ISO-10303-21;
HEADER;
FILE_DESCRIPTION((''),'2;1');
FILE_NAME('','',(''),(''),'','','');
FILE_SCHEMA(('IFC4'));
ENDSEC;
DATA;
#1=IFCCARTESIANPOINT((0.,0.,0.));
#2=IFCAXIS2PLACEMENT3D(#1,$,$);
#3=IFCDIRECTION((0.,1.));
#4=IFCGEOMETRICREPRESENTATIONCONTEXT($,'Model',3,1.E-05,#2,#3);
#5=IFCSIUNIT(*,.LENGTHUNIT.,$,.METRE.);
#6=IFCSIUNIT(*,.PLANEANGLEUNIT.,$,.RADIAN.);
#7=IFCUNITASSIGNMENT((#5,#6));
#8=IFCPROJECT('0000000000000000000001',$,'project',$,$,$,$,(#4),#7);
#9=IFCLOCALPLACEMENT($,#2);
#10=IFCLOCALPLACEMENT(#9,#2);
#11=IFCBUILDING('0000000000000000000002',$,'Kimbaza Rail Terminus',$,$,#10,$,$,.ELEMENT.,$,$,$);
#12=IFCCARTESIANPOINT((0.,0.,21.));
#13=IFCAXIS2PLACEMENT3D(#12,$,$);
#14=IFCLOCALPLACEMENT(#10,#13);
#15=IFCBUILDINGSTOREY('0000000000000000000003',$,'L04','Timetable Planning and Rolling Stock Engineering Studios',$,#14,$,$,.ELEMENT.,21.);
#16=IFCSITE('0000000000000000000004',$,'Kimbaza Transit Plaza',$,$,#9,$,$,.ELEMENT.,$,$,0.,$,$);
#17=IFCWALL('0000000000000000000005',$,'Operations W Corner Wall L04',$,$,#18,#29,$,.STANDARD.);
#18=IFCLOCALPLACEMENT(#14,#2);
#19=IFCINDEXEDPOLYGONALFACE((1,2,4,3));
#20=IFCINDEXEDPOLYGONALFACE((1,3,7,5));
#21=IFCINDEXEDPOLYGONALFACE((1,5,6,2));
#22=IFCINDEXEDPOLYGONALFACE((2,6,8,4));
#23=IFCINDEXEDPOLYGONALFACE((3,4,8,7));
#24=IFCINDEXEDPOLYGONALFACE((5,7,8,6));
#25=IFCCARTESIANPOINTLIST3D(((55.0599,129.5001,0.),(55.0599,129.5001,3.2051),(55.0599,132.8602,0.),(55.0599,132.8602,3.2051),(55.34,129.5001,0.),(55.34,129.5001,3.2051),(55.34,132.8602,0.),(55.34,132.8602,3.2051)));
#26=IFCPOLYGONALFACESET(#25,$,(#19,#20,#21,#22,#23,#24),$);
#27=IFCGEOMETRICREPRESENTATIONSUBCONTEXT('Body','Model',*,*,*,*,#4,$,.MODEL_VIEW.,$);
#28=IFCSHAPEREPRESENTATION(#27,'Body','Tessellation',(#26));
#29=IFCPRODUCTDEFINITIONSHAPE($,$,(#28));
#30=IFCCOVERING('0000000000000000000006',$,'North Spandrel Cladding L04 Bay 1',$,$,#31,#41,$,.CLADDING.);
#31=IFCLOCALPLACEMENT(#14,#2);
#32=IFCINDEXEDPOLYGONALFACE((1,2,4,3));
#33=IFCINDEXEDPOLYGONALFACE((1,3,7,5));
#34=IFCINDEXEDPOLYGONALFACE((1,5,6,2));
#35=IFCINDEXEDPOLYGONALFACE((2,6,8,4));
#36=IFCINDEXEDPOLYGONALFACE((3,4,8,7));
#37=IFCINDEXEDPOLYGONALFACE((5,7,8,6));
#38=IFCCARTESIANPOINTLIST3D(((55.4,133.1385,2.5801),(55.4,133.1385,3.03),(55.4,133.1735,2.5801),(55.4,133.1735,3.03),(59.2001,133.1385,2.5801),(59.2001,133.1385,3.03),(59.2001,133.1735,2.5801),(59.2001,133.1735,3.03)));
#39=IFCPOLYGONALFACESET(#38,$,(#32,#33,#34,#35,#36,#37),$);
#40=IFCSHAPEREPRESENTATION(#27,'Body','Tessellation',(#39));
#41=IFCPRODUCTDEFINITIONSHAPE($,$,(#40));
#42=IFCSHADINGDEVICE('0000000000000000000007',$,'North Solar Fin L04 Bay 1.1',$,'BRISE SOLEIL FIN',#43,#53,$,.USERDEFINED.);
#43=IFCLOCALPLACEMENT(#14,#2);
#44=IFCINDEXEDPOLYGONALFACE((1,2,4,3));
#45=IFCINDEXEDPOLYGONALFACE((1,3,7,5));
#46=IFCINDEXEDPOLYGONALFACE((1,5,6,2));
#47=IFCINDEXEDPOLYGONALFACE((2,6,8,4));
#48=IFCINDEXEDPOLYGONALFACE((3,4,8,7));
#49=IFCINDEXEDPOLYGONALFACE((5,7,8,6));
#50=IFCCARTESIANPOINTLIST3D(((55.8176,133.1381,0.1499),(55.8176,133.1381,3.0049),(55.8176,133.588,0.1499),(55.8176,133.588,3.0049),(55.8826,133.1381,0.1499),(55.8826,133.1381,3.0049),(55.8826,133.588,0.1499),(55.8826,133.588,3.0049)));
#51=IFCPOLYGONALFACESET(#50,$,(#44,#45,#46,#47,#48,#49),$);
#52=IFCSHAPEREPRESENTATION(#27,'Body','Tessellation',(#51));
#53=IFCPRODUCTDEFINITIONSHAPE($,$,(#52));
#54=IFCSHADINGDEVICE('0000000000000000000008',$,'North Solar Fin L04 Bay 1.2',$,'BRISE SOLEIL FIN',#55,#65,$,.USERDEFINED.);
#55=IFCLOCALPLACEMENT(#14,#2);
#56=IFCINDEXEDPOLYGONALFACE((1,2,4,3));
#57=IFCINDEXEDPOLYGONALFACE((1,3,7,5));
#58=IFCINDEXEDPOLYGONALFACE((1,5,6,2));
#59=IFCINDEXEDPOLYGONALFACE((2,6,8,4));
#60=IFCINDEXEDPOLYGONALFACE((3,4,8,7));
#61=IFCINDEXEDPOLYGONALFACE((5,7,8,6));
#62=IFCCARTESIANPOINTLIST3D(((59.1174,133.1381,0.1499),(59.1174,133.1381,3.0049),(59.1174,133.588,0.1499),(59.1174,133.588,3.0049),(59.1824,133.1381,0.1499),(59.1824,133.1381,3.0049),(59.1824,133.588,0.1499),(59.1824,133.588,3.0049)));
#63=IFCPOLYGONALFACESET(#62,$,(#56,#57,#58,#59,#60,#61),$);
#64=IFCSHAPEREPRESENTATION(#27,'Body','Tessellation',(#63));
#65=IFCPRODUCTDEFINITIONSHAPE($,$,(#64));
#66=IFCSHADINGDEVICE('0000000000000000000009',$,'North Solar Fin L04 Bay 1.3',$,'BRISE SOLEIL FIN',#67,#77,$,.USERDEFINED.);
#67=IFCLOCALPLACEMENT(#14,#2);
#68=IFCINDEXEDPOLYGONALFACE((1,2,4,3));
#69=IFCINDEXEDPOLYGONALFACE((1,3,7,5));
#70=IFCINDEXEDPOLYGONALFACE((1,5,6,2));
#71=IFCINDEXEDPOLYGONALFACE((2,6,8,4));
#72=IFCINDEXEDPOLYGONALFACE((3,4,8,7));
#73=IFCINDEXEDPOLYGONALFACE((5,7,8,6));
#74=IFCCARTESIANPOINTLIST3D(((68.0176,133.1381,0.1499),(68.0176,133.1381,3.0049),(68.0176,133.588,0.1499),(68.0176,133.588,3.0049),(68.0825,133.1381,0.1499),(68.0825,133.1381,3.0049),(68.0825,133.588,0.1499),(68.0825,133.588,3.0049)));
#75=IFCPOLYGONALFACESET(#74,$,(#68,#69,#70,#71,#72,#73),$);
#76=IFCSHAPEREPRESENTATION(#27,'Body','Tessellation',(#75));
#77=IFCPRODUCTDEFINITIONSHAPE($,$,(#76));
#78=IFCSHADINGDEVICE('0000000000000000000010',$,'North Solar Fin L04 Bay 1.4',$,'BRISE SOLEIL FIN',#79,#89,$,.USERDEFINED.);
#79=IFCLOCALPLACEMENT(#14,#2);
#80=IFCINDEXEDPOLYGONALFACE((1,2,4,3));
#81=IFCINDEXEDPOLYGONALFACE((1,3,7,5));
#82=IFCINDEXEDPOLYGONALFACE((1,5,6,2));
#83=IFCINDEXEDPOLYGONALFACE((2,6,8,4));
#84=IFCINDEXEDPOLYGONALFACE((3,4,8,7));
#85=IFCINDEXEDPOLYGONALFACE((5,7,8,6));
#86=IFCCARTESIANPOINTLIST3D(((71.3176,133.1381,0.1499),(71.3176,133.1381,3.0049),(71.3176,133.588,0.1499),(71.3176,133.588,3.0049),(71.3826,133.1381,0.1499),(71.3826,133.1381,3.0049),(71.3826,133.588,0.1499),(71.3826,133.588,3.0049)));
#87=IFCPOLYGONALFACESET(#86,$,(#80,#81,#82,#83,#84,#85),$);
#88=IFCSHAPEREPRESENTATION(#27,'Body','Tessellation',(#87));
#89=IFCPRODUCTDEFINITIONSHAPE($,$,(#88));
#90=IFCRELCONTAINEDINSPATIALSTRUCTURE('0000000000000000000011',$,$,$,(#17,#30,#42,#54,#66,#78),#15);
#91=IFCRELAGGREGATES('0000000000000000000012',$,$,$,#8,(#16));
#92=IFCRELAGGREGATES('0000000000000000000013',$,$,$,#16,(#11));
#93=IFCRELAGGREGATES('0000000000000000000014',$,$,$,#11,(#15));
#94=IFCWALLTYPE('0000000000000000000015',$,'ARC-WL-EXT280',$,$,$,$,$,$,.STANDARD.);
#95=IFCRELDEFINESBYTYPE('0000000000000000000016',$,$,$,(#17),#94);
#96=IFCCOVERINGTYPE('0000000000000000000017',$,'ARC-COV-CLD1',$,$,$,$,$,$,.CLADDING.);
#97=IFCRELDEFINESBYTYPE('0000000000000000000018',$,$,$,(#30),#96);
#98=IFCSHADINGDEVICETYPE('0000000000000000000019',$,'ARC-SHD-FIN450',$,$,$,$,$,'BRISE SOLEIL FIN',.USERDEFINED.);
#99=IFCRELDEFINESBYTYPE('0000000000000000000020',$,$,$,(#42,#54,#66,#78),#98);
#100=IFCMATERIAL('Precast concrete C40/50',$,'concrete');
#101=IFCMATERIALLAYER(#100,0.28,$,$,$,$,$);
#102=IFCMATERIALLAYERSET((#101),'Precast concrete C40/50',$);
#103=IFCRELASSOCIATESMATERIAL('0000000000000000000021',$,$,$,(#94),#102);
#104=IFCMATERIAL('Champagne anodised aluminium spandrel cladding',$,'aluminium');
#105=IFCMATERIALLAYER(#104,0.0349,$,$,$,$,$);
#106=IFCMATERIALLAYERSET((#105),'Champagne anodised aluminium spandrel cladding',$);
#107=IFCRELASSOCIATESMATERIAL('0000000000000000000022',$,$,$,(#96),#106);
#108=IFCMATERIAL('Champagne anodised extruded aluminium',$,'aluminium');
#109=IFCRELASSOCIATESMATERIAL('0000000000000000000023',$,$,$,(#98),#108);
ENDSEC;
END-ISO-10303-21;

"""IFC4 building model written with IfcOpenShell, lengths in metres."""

from ifc_helpers import new_model, si_unit, direction, frame, frame_2d, origin, origin_2d, place, context, subcontext, project, spatial, rectangle, extrude, material, layer, layer_set, type_object, element, save


model = new_model("IFC4")

# Units and contexts
model_context = context("Model", 3, precision=1e-05, world=origin(), true_north=direction((0.0, 1.0)))
body_context = subcontext(model_context, "Body", "Model", "MODEL_VIEW")
ifc_project = project(units=[si_unit("LENGTHUNIT", "METRE"), si_unit("PLANEANGLEUNIT", "RADIAN")], contexts=[model_context])

# Site, building, storey
site_placement = place(None, origin())
site = spatial("IfcSite", under=ifc_project, at=site_placement, Name="Kimbaza Transit Plaza", CompositionType="ELEMENT", RefElevation=0.0)
building_placement = place(site_placement, origin())
building = spatial("IfcBuilding", under=site, at=building_placement, Name="Kimbaza Rail Terminus", CompositionType="ELEMENT")
storey_placement = place(building_placement, frame((0.0, 0.0, 21.0)))
storey = spatial("IfcBuildingStorey", under=building, at=storey_placement, Name="L04", Description="Timetable Planning and Rolling Stock Engineering Studios", CompositionType="ELEMENT", Elevation=21.0)

# Shared definitions
ifc_material_1 = material(Name="Precast concrete C40/50", Category="concrete")
ifc_layer_1 = layer(ifc_material_1, 0.28)
ifc_layer_set_1 = layer_set([ifc_layer_1], Name="Precast concrete C40/50")
wall_type = type_object("IfcWallType", Name="ARC-WL-EXT280", PredefinedType="STANDARD", material=ifc_layer_set_1)

# Wall
wall_1_placement = place(storey_placement, frame((55.2, 129.5, 0.0), z_axis=(0.0, 0.0, 1.0), x_axis=(0.0, 1.0, 0.0)))
element("IfcWall", 1, at=wall_1_placement, inside=storey, type_object=wall_type, Name="Operations W Corner Wall L04", PredefinedType="STANDARD", context=body_context, shape_type="SweptSolid", body=[
    extrude(rectangle(XDim=3.3601, YDim=0.28, at=frame_2d((1.6802, 0.0))), origin(), (0.0, 0.0, 1.0), 3.2051),
])

# Covering
ifc_material_2 = material(Name="Champagne anodised aluminium spandrel cladding", Category="aluminium")
ifc_layer_2 = layer(ifc_material_2, 0.0349)
ifc_layer_set_2 = layer_set([ifc_layer_2], Name="Champagne anodised aluminium spandrel cladding")
covering_type = type_object("IfcCoveringType", Name="ARC-COV-CLD1", PredefinedType="CLADDING", material=ifc_layer_set_2)
covering_placement = place(storey_placement, frame((57.3, 133.156, 2.5801), z_axis=(0.0, 0.0, 1.0), x_axis=(1.0, 0.0, 0.0)))
element("IfcCovering", 2, at=covering_placement, inside=storey, type_object=covering_type, Name="North Spandrel Cladding L04 Bay 1", PredefinedType="CLADDING", context=body_context, shape_type="SweptSolid", body=[
    extrude(rectangle(XDim=3.8, YDim=0.0349, at=origin_2d()), origin(), (0.0, 0.0, 1.0), 0.45),
])

# Shading devices
ifc_material_3 = material(Name="Champagne anodised extruded aluminium", Category="aluminium")
shading_device_type = type_object("IfcShadingDeviceType", Name="ARC-SHD-FIN450", ElementType="BRISE SOLEIL FIN", PredefinedType="USERDEFINED", material=ifc_material_3)
for number, where, z_axis, x_axis, name in (
    (3, (55.8501, 133.363, 0.1499), (0.0, 0.0, 1.0), (1.0, 0.0, 0.0), "North Solar Fin L04 Bay 1.1"),
    (4, (59.1499, 133.363, 0.1499), (0.0, 0.0, 1.0), (1.0, 0.0, 0.0), "North Solar Fin L04 Bay 1.2"),
    (5, (68.05, 133.363, 0.1499), (0.0, 0.0, 1.0), (1.0, 0.0, 0.0), "North Solar Fin L04 Bay 1.3"),
    (6, (71.3501, 133.363, 0.1499), (0.0, 0.0, 1.0), (1.0, 0.0, 0.0), "North Solar Fin L04 Bay 1.4"),
):
    element("IfcShadingDevice", number, at=place(storey_placement, frame(where, z_axis=z_axis, x_axis=x_axis)), inside=storey, type_object=shading_device_type, Name=name, ObjectType="BRISE SOLEIL FIN", PredefinedType="USERDEFINED", context=body_context, shape_type="SweptSolid", body=[
        extrude(rectangle(XDim=0.0649, YDim=0.45, at=origin_2d()), origin(), (0.0, 0.0, 1.0), 2.855),
    ])

save(model, "model.ifc")
